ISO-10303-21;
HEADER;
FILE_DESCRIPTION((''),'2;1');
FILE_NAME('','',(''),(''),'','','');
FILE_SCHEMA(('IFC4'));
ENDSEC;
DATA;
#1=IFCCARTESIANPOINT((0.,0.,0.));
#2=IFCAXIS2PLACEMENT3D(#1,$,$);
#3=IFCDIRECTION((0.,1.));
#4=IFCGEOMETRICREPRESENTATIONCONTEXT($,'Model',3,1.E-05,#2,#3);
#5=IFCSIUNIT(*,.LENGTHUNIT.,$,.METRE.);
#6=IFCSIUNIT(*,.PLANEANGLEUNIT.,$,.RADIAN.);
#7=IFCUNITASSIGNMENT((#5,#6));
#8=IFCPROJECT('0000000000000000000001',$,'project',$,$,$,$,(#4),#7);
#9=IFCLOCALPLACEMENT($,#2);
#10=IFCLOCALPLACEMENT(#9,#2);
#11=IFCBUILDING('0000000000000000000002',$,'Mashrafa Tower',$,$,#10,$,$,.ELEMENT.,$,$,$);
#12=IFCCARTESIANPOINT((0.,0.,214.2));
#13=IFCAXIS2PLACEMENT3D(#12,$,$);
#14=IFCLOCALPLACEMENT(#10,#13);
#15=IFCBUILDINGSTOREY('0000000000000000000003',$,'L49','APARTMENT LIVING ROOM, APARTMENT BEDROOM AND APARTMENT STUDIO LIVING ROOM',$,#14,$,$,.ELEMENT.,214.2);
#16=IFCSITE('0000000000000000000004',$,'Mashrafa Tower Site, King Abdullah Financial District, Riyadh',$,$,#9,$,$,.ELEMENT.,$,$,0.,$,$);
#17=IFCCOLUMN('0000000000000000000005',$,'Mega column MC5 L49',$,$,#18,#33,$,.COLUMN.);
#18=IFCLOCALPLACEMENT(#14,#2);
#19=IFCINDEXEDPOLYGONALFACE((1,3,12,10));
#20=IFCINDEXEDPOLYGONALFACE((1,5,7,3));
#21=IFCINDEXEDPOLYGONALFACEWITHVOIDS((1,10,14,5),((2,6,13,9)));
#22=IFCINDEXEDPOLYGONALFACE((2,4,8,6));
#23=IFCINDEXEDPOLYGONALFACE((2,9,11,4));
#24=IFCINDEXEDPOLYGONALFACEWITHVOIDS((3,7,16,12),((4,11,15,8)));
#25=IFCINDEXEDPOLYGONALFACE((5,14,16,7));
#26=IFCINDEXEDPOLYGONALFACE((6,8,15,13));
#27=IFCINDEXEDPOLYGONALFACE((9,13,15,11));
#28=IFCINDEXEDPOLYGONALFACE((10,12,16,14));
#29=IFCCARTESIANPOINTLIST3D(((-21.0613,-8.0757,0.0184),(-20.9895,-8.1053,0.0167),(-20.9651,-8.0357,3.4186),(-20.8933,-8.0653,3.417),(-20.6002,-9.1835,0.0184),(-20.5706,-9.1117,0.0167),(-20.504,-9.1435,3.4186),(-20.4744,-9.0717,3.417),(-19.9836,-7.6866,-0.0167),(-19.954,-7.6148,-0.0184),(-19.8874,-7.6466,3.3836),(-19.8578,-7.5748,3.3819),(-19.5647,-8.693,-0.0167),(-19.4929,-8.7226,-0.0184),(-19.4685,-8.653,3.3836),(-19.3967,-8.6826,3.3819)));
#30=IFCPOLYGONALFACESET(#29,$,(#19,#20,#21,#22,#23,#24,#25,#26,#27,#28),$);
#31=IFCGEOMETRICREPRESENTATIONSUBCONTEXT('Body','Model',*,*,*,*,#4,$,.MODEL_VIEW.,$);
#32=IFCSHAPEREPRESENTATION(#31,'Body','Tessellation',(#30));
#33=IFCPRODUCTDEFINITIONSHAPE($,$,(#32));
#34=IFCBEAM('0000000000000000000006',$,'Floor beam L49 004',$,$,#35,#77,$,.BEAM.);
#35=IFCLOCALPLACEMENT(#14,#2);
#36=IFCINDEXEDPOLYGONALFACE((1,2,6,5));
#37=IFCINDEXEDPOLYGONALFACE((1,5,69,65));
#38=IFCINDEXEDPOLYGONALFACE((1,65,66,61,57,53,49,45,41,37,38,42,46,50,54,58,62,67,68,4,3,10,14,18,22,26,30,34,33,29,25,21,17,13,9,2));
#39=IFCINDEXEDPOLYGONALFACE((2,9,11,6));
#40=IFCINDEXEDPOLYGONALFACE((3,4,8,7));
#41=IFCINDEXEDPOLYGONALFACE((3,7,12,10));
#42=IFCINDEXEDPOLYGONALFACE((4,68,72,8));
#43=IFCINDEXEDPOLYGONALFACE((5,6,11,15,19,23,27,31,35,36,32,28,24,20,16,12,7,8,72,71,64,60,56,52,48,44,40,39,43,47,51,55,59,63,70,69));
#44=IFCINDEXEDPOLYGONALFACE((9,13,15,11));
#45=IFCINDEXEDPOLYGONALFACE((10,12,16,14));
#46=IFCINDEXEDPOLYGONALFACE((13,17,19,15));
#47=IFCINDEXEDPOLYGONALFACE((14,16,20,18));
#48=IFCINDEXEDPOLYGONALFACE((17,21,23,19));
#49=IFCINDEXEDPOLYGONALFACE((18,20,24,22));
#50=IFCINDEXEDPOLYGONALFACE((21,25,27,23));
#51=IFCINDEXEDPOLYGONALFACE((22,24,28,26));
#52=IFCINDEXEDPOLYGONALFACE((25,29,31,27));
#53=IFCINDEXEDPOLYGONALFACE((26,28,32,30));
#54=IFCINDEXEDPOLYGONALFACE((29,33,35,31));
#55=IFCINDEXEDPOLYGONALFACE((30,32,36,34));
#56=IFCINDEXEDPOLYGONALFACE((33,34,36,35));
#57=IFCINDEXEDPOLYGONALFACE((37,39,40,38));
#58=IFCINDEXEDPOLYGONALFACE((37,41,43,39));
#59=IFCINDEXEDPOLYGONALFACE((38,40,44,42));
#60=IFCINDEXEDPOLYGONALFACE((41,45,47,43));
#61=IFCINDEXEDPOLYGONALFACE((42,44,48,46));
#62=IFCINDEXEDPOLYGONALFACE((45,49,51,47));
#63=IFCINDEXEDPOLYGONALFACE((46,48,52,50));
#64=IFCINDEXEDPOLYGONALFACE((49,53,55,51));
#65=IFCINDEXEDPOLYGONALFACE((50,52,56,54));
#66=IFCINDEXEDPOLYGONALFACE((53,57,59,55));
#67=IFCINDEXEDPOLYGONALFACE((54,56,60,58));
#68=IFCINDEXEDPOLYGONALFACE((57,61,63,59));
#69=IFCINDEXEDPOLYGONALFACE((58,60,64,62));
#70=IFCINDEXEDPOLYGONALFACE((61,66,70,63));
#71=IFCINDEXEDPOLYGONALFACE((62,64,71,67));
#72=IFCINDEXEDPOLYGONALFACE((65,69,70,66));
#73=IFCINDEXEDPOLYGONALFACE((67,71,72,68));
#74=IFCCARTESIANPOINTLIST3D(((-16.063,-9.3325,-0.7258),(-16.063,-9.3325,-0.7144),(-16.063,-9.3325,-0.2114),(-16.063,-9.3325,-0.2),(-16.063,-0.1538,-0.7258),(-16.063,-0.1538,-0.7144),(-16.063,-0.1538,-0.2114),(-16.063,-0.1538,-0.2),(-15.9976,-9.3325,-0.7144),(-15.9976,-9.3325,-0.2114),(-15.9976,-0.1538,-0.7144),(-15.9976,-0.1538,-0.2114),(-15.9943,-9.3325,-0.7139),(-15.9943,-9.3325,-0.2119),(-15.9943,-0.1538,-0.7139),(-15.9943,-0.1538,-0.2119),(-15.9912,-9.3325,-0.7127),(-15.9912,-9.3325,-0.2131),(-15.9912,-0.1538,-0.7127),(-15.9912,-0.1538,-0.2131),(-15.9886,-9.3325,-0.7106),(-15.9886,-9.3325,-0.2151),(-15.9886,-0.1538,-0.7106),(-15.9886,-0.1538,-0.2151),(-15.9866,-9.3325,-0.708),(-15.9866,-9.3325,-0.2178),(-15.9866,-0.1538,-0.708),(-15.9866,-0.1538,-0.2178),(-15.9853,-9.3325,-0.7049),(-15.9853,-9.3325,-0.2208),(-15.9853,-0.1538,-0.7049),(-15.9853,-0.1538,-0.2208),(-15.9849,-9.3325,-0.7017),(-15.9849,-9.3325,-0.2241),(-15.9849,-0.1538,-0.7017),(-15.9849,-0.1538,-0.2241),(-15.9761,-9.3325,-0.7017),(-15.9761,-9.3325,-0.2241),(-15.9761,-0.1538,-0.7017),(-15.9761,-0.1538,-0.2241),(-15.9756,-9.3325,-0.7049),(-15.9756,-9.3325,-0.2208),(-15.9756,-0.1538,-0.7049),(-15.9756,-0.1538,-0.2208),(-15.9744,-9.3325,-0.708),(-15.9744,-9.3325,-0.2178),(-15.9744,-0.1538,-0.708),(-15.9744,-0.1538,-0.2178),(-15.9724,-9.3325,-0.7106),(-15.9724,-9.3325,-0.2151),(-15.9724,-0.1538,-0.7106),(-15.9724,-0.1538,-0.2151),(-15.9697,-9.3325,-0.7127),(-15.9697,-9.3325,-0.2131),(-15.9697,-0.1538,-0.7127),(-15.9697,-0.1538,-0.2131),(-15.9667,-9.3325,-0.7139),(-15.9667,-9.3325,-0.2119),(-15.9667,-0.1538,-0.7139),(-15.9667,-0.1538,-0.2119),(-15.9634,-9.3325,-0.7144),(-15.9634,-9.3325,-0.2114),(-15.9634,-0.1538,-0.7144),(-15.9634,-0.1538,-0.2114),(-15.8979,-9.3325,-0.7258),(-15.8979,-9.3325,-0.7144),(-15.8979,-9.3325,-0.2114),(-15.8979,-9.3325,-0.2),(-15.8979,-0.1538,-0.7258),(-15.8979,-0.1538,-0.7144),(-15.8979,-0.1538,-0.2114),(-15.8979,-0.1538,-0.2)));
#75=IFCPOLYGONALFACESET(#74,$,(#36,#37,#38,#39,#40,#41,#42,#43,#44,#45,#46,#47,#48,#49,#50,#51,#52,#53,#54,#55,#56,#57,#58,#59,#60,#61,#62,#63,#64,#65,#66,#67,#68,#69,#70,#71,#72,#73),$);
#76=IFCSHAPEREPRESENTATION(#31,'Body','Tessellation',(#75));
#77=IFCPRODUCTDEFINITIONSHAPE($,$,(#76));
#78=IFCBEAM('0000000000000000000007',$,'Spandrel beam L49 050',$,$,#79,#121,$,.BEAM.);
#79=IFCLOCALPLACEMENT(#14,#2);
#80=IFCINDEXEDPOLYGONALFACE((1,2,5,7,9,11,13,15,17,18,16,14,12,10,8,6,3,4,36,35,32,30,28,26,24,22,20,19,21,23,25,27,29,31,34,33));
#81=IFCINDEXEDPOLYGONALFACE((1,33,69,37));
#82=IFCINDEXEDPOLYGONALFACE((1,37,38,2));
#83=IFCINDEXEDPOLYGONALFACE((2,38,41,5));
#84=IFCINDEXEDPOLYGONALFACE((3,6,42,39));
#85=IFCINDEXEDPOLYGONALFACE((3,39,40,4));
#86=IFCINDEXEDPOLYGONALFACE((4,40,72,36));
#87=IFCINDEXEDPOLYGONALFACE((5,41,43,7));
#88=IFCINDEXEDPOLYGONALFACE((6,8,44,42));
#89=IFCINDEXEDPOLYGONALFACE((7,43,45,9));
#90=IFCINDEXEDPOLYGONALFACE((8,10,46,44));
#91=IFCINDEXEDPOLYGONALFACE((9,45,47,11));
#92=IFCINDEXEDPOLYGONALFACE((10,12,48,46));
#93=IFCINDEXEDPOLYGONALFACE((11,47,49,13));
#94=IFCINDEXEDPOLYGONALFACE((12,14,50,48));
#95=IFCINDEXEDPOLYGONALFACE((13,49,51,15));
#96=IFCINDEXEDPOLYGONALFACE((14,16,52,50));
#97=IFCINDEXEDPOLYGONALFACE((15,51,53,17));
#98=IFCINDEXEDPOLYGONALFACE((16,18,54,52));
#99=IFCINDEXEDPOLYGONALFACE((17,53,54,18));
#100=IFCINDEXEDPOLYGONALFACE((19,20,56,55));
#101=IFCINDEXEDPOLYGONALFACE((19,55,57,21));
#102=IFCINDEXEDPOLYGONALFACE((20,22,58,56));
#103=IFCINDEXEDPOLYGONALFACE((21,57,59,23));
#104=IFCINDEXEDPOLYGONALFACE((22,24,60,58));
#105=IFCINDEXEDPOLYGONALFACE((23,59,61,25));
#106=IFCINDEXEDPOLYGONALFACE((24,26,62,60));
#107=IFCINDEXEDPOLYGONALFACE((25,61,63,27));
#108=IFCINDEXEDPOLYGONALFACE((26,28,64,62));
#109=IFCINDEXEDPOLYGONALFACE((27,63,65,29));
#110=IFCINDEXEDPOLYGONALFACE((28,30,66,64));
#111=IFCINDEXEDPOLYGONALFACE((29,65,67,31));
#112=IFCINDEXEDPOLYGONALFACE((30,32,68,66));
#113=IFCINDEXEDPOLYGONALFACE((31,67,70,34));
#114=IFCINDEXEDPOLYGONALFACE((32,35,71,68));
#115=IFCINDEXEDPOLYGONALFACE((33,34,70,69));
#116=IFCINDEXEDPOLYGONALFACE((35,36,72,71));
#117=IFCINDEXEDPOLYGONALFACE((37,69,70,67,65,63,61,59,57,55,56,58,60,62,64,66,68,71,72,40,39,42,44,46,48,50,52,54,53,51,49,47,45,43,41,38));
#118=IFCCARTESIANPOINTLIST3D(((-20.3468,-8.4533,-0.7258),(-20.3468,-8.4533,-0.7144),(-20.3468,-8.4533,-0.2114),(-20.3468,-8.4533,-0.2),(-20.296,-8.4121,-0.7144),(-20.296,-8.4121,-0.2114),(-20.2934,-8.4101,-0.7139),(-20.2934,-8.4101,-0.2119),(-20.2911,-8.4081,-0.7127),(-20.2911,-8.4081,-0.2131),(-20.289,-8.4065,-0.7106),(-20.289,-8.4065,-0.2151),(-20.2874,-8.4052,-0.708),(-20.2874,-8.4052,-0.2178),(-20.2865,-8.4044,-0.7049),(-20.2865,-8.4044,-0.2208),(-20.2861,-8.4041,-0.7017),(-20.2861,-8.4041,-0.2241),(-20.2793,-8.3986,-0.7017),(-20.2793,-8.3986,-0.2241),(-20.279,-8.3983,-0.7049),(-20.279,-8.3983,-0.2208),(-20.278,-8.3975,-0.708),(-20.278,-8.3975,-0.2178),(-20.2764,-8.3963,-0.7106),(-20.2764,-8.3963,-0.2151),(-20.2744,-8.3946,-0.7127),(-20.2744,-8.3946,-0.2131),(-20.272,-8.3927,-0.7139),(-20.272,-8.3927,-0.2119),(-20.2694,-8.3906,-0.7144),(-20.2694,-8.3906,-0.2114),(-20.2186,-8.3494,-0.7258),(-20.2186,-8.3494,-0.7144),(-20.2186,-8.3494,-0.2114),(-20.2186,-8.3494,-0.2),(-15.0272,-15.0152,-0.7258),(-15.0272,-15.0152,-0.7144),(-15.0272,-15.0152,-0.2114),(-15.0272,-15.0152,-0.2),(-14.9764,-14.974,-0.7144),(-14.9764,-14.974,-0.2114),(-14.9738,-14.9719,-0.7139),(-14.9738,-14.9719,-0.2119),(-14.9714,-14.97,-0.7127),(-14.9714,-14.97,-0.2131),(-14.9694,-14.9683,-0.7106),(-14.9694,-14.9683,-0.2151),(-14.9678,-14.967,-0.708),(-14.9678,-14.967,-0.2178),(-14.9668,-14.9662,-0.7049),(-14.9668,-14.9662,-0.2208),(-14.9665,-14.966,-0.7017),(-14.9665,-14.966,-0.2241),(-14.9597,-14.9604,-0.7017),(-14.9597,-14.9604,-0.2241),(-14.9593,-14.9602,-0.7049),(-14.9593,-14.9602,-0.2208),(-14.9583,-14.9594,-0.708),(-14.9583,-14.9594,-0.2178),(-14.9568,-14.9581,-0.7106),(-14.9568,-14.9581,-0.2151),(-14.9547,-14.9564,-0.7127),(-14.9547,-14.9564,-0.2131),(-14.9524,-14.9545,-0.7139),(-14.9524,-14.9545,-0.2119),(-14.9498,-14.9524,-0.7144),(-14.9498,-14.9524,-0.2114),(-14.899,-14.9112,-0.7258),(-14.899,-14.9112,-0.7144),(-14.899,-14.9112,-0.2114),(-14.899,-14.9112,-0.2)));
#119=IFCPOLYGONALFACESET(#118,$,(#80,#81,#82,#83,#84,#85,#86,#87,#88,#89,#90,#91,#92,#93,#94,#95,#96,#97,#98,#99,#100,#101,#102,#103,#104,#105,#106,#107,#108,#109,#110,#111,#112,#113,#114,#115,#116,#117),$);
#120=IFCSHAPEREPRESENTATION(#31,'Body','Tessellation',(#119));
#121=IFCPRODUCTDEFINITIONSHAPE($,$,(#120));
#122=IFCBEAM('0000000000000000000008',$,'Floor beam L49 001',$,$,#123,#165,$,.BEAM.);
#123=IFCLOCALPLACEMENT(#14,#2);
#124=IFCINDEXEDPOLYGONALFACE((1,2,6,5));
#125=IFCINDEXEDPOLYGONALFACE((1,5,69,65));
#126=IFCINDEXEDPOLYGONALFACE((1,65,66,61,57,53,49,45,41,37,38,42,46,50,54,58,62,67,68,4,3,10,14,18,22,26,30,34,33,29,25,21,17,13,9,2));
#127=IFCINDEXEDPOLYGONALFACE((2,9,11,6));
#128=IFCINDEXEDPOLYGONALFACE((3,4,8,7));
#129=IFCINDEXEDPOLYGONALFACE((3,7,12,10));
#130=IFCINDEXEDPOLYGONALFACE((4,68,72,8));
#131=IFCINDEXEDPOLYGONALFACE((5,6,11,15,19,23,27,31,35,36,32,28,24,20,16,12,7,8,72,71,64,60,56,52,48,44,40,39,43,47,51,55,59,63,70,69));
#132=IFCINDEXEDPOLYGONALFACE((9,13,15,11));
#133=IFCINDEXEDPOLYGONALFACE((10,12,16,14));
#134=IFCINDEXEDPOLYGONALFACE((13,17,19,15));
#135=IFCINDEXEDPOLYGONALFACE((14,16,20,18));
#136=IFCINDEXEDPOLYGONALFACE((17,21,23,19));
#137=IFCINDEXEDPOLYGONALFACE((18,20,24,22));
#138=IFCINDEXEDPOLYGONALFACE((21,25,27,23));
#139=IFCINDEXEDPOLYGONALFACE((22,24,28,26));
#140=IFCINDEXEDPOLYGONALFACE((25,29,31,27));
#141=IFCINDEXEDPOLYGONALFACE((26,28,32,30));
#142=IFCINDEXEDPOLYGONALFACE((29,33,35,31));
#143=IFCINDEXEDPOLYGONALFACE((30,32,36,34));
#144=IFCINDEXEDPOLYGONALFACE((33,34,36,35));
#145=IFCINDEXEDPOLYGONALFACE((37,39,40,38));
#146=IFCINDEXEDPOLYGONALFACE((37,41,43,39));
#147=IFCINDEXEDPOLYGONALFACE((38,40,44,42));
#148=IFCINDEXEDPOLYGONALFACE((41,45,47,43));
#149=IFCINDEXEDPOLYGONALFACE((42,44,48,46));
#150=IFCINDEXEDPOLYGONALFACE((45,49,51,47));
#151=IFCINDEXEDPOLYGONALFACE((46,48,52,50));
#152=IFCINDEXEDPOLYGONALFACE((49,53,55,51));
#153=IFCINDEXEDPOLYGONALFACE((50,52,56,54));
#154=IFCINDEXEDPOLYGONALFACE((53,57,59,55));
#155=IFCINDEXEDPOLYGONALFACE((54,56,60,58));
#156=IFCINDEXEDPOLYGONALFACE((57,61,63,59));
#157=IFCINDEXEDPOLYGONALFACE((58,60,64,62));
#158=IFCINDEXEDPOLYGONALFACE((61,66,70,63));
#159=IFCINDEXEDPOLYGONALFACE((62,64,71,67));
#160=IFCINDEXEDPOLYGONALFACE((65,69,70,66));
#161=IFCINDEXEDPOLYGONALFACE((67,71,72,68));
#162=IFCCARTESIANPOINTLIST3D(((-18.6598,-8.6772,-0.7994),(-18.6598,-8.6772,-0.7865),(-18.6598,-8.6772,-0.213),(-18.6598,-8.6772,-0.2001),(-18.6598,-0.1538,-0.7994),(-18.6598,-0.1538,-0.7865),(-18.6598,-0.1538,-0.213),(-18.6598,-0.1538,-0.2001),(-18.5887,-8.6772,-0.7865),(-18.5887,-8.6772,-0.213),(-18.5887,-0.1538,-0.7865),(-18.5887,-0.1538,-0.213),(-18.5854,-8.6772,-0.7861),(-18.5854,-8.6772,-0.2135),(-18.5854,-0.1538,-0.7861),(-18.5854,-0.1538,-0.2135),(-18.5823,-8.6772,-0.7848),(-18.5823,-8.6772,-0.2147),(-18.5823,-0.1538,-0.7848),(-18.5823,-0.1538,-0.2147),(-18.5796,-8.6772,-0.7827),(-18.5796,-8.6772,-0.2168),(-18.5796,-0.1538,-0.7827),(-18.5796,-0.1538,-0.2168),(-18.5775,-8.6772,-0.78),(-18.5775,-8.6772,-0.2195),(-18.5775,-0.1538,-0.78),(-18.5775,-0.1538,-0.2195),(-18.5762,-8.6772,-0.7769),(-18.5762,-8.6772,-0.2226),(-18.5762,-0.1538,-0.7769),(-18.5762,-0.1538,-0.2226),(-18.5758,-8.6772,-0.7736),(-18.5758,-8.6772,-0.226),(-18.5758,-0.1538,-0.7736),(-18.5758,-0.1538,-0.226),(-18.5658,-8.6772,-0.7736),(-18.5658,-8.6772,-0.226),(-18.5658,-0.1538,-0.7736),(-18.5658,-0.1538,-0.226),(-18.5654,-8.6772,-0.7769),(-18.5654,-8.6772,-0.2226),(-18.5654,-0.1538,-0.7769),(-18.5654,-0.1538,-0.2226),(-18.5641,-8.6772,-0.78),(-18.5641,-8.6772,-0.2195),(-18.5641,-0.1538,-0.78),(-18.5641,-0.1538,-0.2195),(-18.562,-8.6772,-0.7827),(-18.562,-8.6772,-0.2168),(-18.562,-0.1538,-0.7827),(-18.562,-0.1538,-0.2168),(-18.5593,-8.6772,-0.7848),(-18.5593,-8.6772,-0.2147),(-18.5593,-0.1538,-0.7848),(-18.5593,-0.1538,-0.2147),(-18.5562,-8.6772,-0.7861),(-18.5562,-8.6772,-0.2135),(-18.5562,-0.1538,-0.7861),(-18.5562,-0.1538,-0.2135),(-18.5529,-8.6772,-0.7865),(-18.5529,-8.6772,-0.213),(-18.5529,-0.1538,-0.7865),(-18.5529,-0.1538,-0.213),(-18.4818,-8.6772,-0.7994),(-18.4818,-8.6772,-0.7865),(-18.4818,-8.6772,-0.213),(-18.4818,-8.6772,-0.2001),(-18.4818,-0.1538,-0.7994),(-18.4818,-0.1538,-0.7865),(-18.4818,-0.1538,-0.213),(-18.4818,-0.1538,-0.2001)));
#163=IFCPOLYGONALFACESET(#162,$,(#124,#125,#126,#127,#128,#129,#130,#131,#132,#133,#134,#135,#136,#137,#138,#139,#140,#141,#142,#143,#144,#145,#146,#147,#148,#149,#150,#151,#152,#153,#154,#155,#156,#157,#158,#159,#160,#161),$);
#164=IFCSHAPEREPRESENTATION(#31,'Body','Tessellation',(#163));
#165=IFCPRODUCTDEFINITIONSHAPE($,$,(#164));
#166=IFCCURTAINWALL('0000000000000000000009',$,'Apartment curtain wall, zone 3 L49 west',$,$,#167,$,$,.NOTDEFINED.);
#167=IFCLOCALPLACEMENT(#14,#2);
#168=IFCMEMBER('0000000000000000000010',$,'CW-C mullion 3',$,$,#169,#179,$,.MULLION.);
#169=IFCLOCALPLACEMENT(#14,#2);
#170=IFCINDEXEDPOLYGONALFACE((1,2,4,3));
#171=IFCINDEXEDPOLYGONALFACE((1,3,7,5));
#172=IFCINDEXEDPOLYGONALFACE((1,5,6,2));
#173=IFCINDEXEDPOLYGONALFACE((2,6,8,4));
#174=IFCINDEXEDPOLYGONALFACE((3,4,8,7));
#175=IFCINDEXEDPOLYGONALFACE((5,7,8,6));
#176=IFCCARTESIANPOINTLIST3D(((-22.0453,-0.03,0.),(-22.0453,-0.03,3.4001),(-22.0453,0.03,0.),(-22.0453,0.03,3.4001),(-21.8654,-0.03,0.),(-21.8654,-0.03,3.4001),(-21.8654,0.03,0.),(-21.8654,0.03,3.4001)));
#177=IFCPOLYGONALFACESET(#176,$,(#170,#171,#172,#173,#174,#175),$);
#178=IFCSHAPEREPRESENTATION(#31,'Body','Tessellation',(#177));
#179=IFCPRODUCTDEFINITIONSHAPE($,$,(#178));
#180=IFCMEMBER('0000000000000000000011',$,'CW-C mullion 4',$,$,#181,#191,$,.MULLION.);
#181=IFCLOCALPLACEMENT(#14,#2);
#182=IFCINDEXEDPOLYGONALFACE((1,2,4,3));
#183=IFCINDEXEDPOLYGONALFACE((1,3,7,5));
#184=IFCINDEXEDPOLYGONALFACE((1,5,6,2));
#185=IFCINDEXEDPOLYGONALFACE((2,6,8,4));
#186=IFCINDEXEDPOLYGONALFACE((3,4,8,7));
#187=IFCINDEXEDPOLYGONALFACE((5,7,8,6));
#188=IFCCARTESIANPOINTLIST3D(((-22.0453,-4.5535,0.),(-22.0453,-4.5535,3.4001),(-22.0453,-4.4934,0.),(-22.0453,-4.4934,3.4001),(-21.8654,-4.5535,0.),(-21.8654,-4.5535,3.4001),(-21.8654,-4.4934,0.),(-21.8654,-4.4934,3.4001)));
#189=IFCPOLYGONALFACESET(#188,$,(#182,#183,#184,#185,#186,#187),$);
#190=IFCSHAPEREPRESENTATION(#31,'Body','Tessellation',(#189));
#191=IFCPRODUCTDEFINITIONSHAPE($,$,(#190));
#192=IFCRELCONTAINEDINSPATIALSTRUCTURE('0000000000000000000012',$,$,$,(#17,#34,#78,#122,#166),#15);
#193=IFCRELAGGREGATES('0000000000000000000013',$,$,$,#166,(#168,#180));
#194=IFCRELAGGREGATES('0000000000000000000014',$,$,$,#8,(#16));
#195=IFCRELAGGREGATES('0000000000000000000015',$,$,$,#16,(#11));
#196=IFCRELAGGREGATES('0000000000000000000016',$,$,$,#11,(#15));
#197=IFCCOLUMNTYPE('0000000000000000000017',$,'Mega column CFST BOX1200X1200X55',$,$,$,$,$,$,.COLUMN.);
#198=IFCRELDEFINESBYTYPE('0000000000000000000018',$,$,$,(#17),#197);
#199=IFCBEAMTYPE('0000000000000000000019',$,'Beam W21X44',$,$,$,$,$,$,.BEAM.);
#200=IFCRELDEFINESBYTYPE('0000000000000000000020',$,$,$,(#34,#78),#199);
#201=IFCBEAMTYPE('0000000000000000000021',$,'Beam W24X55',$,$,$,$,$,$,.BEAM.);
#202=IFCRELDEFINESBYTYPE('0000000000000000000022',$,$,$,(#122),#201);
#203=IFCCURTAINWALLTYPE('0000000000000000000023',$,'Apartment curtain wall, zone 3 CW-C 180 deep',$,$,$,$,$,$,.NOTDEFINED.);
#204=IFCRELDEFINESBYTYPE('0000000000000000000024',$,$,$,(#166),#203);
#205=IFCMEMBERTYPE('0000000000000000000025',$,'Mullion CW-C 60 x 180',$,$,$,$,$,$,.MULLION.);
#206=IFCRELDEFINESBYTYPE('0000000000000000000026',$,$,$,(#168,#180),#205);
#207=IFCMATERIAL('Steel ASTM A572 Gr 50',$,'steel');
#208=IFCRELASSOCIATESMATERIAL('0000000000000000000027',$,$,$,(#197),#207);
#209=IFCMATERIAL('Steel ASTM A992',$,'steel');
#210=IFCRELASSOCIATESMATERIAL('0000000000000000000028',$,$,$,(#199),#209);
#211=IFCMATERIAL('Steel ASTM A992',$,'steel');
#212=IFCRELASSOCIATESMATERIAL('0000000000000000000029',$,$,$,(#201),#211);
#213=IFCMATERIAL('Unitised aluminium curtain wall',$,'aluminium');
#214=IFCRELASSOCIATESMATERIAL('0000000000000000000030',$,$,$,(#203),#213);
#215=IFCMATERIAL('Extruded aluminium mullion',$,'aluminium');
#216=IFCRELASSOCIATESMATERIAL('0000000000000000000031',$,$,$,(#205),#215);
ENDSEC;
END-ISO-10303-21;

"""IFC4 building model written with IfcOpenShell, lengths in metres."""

from ifc_helpers import new_model, si_unit, direction, frame, origin, origin_2d, place, context, subcontext, project, spatial, rectangle, hollow_rectangle, i_section, extrude, source, transform, mapped, material, material_profile, profile_set, type_object, type_shapes, element, aggregate, save


model = new_model("IFC4")

# Units and contexts
model_context = context("Model", 3, precision=1e-05, world=origin(), true_north=direction((0.0, 1.0)))
body_context = subcontext(model_context, "Body", "Model", "MODEL_VIEW")
ifc_project = project(units=[si_unit("LENGTHUNIT", "METRE"), si_unit("PLANEANGLEUNIT", "RADIAN")], contexts=[model_context])

# Site, building, storey
site_placement = place(None, origin())
site = spatial("IfcSite", under=ifc_project, at=site_placement, Name="Mashrafa Tower Site, King Abdullah Financial District, Riyadh", CompositionType="ELEMENT", RefElevation=0.0)
building_placement = place(site_placement, origin())
building = spatial("IfcBuilding", under=site, at=building_placement, Name="Mashrafa Tower", CompositionType="ELEMENT")
storey_placement = place(building_placement, frame((0.0, 0.0, 214.2)))
storey = spatial("IfcBuildingStorey", under=building, at=storey_placement, Name="L49", Description="APARTMENT LIVING ROOM, APARTMENT BEDROOM AND APARTMENT STUDIO LIVING ROOM", CompositionType="ELEMENT", Elevation=214.2)

# Column
ifc_material_1 = material(Name="Steel ASTM A572 Gr 50", Category="steel")
ifc_material_profile_1 = material_profile(ifc_material_1, hollow_rectangle(XDim=1.2, YDim=1.2, WallThickness=0.0549, at=origin_2d()), Name="BOX1200X1200X55")
ifc_profile_set_1 = profile_set([ifc_material_profile_1], Name="Steel ASTM A572 Gr 50")
column_type = type_object("IfcColumnType", Name="Mega column CFST BOX1200X1200X55", PredefinedType="COLUMN", material=ifc_profile_set_1)
column_placement = place(storey_placement, frame((-20.2771, -8.3992, 0.0), z_axis=(0.028277, 0.01177, 0.999531), x_axis=(-0.384283, 0.923216, 0.0)))
element("IfcColumn", 1, at=column_placement, inside=storey, type_object=column_type, Name="Mega column MC5 L49", PredefinedType="COLUMN", context=body_context, shape_type="SweptSolid", body=[
    extrude(hollow_rectangle(XDim=1.2, YDim=1.2, WallThickness=0.0549, at=origin_2d()), origin(), (0.0, 0.0, 1.0), 3.4019),
])

# Beams
ifc_material_2 = material(Name="Steel ASTM A992", Category="steel")
ifc_material_profile_2 = material_profile(ifc_material_2, i_section(OverallWidth=0.165, OverallDepth=0.5259, WebThickness=0.0088, FlangeThickness=0.0115, FilletRadius=0.0127, at=origin_2d()), Name="W21X44")
ifc_profile_set_2 = profile_set([ifc_material_profile_2], Name="Steel ASTM A992")
beam_type_1 = type_object("IfcBeamType", Name="Beam W21X44", PredefinedType="BEAM", material=ifc_profile_set_2)
beam_1_placement = place(storey_placement, frame((-15.9805, -9.3325, -0.4629), z_axis=(0.0, 1.0, 0.0), x_axis=(-1.0, 0.0, 0.0)))
element("IfcBeam", 2, at=beam_1_placement, inside=storey, type_object=beam_type_1, Name="Floor beam L49 004", PredefinedType="BEAM", context=body_context, shape_type="SweptSolid", body=[
    extrude(i_section(OverallWidth=0.165, OverallDepth=0.5259, WebThickness=0.0088, FlangeThickness=0.0115, FilletRadius=0.0127, at=origin_2d()), origin(), (0.0, 0.0, 1.0), 9.1787),
])
beam_2_placement = place(storey_placement, frame((-20.2827, -8.4014, -0.4629), z_axis=(0.629747, -0.7768, 0.0), x_axis=(0.7768, 0.629747, 0.0)))
element("IfcBeam", 3, at=beam_2_placement, inside=storey, type_object=beam_type_1, Name="Spandrel beam L49 050", PredefinedType="BEAM", context=body_context, shape_type="SweptSolid", body=[
    extrude(i_section(OverallWidth=0.165, OverallDepth=0.5259, WebThickness=0.0088, FlangeThickness=0.0115, FilletRadius=0.0127, at=origin_2d()), origin(), (0.0, 0.0, 1.0), 8.4473),
])
ifc_material_3 = material(Name="Steel ASTM A992", Category="steel")
ifc_material_profile_3 = material_profile(ifc_material_3, i_section(OverallWidth=0.178, OverallDepth=0.5994, WebThickness=0.01, FlangeThickness=0.0129, FilletRadius=0.0129, at=origin_2d()), Name="W24X55")
ifc_profile_set_3 = profile_set([ifc_material_profile_3], Name="Steel ASTM A992")
beam_type_2 = type_object("IfcBeamType", Name="Beam W24X55", PredefinedType="BEAM", material=ifc_profile_set_3)
beam_3_placement = place(storey_placement, frame((-18.5708, -8.6772, -0.4998), z_axis=(0.0, 1.0, 0.0), x_axis=(-1.0, 0.0, 0.0)))
element("IfcBeam", 4, at=beam_3_placement, inside=storey, type_object=beam_type_2, Name="Floor beam L49 001", PredefinedType="BEAM", context=body_context, shape_type="SweptSolid", body=[
    extrude(i_section(OverallWidth=0.178, OverallDepth=0.5994, WebThickness=0.01, FlangeThickness=0.0129, FilletRadius=0.0129, at=origin_2d()), origin(), (0.0, 0.0, 1.0), 8.5234),
])

# Curtain wall, members
ifc_material_4 = material(Name="Unitised aluminium curtain wall", Category="aluminium")
curtain_wall_type = type_object("IfcCurtainWallType", Name="Apartment curtain wall, zone 3 CW-C 180 deep", PredefinedType="NOTDEFINED", material=ifc_material_4)
curtain_wall_1_placement = place(storey_placement, origin())
curtain_wall_1 = element("IfcCurtainWall", 5, at=curtain_wall_1_placement, inside=storey, type_object=curtain_wall_type, Name="Apartment curtain wall, zone 3 L49 west", PredefinedType="NOTDEFINED")
ifc_material_5 = material(Name="Extruded aluminium mullion", Category="aluminium")
ifc_material_profile_4 = material_profile(ifc_material_5, rectangle(XDim=0.1799, YDim=0.0601, at=origin_2d()), Name="Mullion 60x180")
ifc_profile_set_4 = profile_set([ifc_material_profile_4], Name="Extruded aluminium mullion")
member_type_1 = type_object("IfcMemberType", Name="Mullion CW-C 60 x 180", PredefinedType="MULLION", material=ifc_profile_set_4)
shared_shape_1 = source(origin(), body_context, "Body", "SweptSolid", [
    extrude(rectangle(XDim=0.1799, YDim=0.0601, at=origin_2d()), origin(), (0.0, 0.0, 1.0), 3.4001),
])
type_shapes(member_type_1, [shared_shape_1])
member_1_placement = place(storey_placement, frame((-21.9553, 0.0, 0.0), z_axis=(0.0, 0.0, 1.0), x_axis=(1.0, 0.0, 0.0)))
member_1 = element("IfcMember", 6, at=member_1_placement, type_object=member_type_1, Name="CW-C mullion 3", PredefinedType="MULLION", context=body_context, shape_type="MappedRepresentation", body=[
    mapped(shared_shape_1, transform((0.0, 0.0, 0.0))),
])
member_2_placement = place(storey_placement, frame((-21.9553, -4.5234, 0.0), z_axis=(0.0, 0.0, 1.0), x_axis=(1.0, 0.0, 0.0)))
member_2 = element("IfcMember", 7, at=member_2_placement, type_object=member_type_1, Name="CW-C mullion 4", PredefinedType="MULLION", context=body_context, shape_type="MappedRepresentation", body=[
    mapped(shared_shape_1, transform((0.0, 0.0, 0.0))),
])

aggregate(curtain_wall_1, [member_1, member_2])

save(model, "model.ifc")
